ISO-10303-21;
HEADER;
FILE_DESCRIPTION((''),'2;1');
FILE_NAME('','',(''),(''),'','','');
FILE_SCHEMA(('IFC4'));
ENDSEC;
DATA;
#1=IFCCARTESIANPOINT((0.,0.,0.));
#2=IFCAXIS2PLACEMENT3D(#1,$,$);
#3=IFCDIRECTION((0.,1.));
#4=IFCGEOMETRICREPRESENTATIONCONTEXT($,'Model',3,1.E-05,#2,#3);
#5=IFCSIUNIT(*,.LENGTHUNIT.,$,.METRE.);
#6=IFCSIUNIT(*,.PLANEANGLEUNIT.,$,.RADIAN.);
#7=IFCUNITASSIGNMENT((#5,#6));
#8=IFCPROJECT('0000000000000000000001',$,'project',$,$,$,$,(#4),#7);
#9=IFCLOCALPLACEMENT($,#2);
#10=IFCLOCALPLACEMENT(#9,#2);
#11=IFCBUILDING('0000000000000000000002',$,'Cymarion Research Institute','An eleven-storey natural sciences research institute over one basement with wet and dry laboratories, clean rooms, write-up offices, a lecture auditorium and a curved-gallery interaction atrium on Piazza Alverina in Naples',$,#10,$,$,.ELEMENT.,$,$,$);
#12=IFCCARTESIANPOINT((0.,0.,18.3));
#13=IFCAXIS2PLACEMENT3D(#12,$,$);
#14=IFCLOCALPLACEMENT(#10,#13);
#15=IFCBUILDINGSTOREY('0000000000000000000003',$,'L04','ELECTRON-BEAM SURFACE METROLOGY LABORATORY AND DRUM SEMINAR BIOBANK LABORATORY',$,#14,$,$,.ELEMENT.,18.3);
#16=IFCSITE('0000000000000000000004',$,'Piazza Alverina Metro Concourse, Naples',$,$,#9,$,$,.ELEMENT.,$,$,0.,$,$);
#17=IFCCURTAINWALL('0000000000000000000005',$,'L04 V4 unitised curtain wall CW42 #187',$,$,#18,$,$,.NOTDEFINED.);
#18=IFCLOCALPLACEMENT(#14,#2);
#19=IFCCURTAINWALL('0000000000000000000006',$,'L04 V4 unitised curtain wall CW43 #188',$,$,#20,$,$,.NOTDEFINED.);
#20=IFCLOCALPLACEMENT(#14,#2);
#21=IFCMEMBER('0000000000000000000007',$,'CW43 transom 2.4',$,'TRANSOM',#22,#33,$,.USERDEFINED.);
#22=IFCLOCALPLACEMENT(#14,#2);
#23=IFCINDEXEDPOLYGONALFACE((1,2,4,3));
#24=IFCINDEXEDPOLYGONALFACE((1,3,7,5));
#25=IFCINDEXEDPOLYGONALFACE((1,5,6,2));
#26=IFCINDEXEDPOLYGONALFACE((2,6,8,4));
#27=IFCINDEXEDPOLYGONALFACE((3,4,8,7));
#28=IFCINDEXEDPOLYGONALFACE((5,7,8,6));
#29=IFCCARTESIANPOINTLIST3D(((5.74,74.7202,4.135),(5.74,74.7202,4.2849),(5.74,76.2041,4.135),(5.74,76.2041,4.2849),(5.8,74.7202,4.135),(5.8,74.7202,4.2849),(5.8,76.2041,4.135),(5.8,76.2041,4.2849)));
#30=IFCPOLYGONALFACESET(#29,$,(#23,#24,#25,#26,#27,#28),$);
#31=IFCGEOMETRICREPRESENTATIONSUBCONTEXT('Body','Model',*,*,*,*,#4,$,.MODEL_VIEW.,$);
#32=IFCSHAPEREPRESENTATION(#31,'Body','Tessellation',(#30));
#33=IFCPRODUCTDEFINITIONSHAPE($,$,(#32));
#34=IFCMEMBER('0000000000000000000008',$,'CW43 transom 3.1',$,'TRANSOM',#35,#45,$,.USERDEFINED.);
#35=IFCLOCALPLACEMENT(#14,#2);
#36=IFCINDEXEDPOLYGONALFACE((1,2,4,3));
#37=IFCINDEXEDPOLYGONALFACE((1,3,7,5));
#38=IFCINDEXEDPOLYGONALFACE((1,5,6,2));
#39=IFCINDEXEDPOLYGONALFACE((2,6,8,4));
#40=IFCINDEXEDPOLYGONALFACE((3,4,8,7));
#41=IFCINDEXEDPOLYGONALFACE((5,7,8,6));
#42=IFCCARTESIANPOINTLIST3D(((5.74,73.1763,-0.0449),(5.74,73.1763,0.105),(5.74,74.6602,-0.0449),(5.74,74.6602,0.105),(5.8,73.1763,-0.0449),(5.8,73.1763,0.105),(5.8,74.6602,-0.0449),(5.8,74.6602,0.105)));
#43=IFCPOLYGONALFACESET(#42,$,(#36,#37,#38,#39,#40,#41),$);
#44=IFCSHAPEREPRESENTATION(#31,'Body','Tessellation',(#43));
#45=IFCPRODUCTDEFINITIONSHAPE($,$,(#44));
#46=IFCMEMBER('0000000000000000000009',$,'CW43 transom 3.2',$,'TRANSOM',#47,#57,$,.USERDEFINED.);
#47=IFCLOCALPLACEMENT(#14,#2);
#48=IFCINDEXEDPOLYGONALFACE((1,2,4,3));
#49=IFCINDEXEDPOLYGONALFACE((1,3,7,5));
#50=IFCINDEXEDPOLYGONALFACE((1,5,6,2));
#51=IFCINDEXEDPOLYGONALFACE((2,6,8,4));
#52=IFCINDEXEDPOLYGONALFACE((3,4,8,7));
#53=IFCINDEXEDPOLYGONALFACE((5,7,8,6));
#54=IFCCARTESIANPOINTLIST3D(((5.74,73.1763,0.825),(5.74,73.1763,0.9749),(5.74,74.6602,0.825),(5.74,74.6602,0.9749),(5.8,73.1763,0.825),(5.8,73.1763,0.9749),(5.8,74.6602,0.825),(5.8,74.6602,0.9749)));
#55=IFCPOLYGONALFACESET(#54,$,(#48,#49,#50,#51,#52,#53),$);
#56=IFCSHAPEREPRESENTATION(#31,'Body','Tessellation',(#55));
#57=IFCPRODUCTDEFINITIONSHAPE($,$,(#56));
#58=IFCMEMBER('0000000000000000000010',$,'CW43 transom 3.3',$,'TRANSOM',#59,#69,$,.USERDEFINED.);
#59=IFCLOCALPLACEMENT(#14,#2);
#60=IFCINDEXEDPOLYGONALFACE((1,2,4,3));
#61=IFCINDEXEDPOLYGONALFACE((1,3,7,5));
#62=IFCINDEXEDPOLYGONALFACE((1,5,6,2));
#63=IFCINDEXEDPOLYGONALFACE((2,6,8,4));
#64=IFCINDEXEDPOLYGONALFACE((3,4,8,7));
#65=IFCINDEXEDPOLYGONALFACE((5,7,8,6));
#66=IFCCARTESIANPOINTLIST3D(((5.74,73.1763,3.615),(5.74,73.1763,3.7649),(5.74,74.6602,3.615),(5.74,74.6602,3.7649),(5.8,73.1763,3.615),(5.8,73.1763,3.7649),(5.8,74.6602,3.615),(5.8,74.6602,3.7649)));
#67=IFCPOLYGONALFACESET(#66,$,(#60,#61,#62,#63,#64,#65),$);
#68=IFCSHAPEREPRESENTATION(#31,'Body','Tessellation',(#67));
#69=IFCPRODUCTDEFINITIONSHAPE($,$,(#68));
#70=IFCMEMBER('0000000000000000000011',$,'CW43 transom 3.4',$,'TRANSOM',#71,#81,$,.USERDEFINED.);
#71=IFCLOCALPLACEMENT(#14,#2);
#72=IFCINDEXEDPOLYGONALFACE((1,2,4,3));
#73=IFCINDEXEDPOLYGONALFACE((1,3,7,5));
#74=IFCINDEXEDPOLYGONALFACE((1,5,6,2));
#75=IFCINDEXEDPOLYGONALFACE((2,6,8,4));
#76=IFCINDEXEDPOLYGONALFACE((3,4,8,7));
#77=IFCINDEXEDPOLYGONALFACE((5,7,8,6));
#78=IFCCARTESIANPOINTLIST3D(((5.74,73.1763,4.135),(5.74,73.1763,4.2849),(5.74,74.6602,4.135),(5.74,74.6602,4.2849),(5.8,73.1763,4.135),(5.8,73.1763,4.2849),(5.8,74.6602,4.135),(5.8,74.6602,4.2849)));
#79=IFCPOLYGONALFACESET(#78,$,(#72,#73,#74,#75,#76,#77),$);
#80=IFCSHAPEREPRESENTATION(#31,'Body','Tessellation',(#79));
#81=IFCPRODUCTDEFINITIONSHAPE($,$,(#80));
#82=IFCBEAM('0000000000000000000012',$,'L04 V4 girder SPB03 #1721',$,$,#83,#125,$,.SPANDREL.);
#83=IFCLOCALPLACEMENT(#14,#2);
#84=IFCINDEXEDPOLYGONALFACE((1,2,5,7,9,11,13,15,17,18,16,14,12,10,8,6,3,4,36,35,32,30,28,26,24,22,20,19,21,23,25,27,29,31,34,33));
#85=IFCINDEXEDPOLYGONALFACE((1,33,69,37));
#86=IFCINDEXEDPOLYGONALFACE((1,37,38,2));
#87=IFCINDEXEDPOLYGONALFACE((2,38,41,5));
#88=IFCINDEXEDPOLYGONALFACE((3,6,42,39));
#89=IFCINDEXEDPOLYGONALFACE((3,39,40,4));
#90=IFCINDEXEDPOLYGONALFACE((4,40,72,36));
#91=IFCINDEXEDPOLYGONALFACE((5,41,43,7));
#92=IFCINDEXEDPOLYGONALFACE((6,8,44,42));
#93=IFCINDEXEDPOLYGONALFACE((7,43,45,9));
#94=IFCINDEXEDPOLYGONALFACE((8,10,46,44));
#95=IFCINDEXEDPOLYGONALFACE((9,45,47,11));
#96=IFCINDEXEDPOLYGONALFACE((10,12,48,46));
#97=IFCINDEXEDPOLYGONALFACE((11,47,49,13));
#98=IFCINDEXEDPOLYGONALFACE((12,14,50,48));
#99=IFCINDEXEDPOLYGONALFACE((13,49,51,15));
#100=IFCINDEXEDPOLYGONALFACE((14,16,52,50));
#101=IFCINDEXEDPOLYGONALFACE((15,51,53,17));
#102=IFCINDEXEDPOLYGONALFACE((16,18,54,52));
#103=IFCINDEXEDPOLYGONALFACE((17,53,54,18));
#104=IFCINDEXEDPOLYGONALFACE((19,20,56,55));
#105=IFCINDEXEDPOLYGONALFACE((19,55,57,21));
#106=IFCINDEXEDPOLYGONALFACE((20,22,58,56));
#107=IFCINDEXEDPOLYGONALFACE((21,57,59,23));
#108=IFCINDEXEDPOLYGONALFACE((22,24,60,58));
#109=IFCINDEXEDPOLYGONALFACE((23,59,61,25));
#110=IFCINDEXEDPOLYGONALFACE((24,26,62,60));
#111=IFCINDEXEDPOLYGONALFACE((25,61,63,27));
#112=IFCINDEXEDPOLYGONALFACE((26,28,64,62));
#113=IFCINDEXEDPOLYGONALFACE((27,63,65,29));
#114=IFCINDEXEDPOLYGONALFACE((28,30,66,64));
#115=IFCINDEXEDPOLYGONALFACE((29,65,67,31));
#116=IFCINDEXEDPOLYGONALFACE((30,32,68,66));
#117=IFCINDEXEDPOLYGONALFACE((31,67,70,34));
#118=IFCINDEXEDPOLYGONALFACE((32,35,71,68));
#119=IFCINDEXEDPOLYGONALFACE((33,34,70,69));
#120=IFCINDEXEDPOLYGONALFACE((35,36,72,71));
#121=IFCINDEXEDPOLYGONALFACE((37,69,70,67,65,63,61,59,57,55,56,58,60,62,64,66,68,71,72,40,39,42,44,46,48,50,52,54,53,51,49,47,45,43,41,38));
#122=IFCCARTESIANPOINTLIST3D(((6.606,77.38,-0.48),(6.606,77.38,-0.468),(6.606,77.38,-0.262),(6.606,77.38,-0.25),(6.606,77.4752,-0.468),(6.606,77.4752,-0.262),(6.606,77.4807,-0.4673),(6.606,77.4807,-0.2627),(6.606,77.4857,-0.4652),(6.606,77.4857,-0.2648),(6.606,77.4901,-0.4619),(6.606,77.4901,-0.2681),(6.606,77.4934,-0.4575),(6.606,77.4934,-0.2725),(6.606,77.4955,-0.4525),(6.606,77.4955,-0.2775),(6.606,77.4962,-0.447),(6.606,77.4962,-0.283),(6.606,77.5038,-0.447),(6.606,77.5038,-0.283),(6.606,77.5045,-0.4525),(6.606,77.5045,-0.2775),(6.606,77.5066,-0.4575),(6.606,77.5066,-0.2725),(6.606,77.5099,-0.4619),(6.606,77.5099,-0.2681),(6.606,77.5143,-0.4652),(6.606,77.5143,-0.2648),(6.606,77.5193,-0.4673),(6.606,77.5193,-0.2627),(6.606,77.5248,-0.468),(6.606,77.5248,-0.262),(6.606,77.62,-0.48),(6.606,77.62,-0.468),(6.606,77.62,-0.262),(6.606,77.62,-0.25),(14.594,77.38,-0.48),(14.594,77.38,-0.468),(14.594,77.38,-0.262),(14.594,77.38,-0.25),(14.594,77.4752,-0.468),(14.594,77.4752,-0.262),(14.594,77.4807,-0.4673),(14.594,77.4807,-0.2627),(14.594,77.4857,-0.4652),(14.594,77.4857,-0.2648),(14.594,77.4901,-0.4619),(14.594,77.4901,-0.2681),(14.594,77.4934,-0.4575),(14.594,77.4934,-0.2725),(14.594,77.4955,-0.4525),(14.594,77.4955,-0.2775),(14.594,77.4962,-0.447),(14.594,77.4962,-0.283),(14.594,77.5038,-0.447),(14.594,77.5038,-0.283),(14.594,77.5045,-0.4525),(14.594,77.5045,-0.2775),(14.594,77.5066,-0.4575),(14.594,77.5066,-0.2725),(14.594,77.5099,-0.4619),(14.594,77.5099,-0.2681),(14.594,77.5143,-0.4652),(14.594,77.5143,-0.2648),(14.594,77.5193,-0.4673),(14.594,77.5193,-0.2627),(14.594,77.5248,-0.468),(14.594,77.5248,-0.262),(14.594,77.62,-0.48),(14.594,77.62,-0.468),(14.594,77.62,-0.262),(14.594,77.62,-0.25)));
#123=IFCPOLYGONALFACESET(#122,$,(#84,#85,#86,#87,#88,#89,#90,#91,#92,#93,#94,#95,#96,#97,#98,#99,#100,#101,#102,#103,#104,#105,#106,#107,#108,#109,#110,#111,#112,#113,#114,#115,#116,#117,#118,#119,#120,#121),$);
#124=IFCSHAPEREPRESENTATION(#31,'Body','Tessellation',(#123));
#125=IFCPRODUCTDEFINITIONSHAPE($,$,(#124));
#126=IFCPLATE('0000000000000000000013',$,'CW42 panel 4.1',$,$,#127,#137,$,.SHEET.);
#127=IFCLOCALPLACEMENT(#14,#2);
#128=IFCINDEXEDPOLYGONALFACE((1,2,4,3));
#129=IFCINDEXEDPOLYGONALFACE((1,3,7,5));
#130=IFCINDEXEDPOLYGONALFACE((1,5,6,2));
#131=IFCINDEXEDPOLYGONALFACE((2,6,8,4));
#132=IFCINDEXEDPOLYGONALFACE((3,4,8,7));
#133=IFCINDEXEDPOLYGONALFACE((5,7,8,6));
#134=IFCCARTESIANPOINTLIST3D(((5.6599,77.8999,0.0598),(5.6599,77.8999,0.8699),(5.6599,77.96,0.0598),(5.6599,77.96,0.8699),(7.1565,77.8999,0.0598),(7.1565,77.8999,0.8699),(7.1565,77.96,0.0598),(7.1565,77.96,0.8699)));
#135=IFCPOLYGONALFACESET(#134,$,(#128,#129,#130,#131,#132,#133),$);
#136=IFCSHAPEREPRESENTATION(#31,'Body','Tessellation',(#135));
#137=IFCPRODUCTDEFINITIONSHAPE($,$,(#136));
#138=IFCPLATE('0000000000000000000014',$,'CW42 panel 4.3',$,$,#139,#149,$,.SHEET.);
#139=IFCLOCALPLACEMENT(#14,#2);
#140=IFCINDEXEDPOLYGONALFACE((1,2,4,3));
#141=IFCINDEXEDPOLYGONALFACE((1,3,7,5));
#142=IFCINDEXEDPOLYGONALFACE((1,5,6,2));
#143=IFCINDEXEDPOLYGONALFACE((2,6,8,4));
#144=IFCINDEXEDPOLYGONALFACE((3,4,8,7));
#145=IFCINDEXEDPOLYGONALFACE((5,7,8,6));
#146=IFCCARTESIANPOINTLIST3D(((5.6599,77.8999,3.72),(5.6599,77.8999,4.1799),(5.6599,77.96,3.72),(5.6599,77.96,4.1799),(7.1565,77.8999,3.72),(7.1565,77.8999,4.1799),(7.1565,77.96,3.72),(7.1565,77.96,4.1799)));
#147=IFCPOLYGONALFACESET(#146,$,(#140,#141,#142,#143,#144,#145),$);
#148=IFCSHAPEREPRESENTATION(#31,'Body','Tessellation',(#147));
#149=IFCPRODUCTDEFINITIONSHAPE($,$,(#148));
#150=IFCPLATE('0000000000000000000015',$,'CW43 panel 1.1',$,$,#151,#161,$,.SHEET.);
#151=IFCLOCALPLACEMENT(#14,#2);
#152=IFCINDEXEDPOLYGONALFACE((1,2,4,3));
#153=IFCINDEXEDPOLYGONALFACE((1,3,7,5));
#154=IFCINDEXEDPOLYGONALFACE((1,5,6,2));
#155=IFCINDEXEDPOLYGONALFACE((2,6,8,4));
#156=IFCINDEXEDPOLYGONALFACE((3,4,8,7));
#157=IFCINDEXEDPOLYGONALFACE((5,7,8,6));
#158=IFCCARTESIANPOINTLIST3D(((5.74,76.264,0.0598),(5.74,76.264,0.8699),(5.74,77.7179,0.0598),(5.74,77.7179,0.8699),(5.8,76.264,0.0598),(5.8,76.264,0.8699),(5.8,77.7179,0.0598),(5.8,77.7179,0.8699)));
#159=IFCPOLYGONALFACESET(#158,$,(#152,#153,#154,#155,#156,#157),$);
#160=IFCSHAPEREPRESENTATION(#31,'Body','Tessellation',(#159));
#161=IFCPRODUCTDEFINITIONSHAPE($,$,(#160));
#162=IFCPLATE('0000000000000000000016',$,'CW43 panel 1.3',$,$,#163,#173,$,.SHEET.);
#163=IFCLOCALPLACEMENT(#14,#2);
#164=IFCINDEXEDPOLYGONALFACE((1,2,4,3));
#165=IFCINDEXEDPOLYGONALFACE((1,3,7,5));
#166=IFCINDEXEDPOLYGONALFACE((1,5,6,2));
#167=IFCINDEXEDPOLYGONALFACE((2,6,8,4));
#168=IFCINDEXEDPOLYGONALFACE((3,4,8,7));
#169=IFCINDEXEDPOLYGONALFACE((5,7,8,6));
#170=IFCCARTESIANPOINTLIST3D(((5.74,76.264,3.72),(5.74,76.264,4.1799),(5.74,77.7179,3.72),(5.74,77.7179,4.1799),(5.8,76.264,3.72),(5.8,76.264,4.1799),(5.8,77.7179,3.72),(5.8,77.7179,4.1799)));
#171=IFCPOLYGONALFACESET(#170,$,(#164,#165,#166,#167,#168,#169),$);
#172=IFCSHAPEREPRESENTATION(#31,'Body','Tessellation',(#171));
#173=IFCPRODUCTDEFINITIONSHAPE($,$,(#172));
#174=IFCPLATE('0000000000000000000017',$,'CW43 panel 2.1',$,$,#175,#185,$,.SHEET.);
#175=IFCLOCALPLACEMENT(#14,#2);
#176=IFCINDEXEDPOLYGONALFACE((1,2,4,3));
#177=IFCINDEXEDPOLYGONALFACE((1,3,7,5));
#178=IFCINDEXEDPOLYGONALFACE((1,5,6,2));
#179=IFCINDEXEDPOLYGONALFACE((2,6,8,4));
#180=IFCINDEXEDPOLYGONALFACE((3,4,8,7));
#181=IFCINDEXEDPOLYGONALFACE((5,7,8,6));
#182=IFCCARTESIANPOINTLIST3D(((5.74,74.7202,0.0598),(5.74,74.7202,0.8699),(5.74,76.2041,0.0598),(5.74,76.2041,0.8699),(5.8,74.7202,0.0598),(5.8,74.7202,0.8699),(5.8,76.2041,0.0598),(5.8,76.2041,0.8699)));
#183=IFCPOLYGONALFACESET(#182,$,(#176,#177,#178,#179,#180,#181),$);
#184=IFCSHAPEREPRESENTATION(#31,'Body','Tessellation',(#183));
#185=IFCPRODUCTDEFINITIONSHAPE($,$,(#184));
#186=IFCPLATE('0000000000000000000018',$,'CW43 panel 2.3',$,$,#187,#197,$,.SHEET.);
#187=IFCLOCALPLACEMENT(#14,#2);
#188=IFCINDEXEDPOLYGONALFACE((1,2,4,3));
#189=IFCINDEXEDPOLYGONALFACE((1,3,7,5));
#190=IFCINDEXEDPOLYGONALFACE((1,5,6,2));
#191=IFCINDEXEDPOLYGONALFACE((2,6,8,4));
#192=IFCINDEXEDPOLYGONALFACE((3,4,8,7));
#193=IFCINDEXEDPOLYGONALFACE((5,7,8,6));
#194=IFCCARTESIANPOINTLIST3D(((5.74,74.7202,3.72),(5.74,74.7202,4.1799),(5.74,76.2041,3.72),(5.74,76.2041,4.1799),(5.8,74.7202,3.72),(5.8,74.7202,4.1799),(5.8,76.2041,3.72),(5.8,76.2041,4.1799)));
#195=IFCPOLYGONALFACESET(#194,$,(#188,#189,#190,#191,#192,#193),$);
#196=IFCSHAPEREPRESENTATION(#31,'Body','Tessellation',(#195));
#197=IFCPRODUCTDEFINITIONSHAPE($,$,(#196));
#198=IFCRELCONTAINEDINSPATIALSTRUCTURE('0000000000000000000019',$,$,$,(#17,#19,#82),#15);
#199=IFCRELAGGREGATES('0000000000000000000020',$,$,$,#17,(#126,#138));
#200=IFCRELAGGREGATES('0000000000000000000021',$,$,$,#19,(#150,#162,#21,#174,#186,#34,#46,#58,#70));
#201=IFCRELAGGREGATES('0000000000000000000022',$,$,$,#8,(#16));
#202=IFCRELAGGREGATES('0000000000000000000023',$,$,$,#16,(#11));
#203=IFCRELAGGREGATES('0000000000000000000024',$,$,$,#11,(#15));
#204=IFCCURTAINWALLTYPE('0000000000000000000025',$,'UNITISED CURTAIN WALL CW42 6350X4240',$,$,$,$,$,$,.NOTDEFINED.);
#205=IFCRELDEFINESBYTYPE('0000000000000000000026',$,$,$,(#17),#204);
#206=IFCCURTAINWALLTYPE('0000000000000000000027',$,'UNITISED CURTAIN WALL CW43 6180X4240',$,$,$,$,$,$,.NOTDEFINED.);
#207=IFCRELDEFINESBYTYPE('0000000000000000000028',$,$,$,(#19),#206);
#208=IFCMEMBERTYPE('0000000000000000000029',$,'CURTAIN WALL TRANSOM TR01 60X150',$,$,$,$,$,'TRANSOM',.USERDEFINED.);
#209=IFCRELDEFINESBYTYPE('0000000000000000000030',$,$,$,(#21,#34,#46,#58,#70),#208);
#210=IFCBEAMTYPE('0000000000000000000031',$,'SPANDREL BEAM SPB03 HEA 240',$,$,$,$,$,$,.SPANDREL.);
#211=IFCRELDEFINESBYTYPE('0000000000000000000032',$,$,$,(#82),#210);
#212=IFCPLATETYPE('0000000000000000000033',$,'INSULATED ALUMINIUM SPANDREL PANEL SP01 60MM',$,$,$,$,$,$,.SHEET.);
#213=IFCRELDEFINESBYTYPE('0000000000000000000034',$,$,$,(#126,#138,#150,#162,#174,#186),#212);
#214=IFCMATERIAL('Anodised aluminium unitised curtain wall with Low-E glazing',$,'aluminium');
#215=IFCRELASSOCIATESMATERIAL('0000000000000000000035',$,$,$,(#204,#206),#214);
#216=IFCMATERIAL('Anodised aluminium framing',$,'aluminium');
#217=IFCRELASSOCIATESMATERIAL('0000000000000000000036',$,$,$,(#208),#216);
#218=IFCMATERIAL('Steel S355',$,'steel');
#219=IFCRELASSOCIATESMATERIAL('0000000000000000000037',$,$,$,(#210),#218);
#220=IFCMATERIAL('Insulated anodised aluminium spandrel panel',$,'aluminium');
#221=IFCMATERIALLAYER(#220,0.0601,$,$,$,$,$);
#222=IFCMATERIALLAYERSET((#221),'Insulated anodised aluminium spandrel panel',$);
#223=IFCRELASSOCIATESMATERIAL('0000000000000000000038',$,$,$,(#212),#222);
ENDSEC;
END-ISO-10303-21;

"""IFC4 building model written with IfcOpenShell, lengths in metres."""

from ifc_helpers import new_model, si_unit, direction, frame, origin, origin_2d, place, context, subcontext, project, spatial, rectangle, i_section, extrude, material, layer, layer_set, material_profile, profile_set, type_object, element, aggregate, save


model = new_model("IFC4")

# Units and contexts
model_context = context("Model", 3, precision=1e-05, world=origin(), true_north=direction((0.0, 1.0)))
body_context = subcontext(model_context, "Body", "Model", "MODEL_VIEW")
ifc_project = project(units=[si_unit("LENGTHUNIT", "METRE"), si_unit("PLANEANGLEUNIT", "RADIAN")], contexts=[model_context])

# Site, building, storey
site_placement = place(None, origin())
site = spatial("IfcSite", under=ifc_project, at=site_placement, Name="Piazza Alverina Metro Concourse, Naples", CompositionType="ELEMENT", RefElevation=0.0)
building_placement = place(site_placement, origin())
building = spatial("IfcBuilding", under=site, at=building_placement, Name="Cymarion Research Institute", Description="An eleven-storey natural sciences research institute over one basement with wet and dry laboratories, clean rooms, write-up offices, a lecture auditorium and a curved-gallery interaction atrium on Piazza Alverina in Naples", CompositionType="ELEMENT")
storey_placement = place(building_placement, frame((0.0, 0.0, 18.3)))
storey = spatial("IfcBuildingStorey", under=building, at=storey_placement, Name="L04", Description="ELECTRON-BEAM SURFACE METROLOGY LABORATORY AND DRUM SEMINAR BIOBANK LABORATORY", CompositionType="ELEMENT", Elevation=18.3)

# Shared definitions
ifc_material_1 = material(Name="Steel S355", Category="steel")

# Curtain wall
ifc_material_2 = material(Name="Anodised aluminium unitised curtain wall with Low-E glazing", Category="aluminium")
curtain_wall_type_1 = type_object("IfcCurtainWallType", Name="UNITISED CURTAIN WALL CW42 6350X4240", PredefinedType="NOTDEFINED", material=ifc_material_2)
curtain_wall_1_placement = place(storey_placement, origin())
curtain_wall_1 = element("IfcCurtainWall", 1, at=curtain_wall_1_placement, inside=storey, type_object=curtain_wall_type_1, Name="L04 V4 unitised curtain wall CW42 #187", PredefinedType="NOTDEFINED")
ifc_material_3 = material(Name="Anodised aluminium framing", Category="aluminium")

# Curtain wall, members
curtain_wall_type_2 = type_object("IfcCurtainWallType", Name="UNITISED CURTAIN WALL CW43 6180X4240", PredefinedType="NOTDEFINED", material=ifc_material_2)
curtain_wall_2_placement = place(storey_placement, origin())
curtain_wall_2 = element("IfcCurtainWall", 2, at=curtain_wall_2_placement, inside=storey, type_object=curtain_wall_type_2, Name="L04 V4 unitised curtain wall CW43 #188", PredefinedType="NOTDEFINED")
ifc_material_profile_1 = material_profile(ifc_material_3, rectangle(XDim=0.0601, YDim=0.1499, at=origin_2d()), Name="ALU TRANSOM 60x150")
ifc_profile_set_1 = profile_set([ifc_material_profile_1], Name="Anodised aluminium framing")
member_type_1 = type_object("IfcMemberType", Name="CURTAIN WALL TRANSOM TR01 60X150", ElementType="TRANSOM", PredefinedType="USERDEFINED", material=ifc_profile_set_1)
member_1_placement = place(storey_placement, frame((5.77, 76.2041, 4.21), z_axis=(0.0, -1.0, 0.0), x_axis=(1.0, 0.0, 0.0)))
member_1 = element("IfcMember", 3, at=member_1_placement, type_object=member_type_1, Name="CW43 transom 2.4", ObjectType="TRANSOM", PredefinedType="USERDEFINED", context=body_context, shape_type="SweptSolid", body=[
    extrude(rectangle(XDim=0.0601, YDim=0.1499, at=origin_2d()), origin(), (0.0, 0.0, 1.0), 1.4839),
])
member_2_placement = place(storey_placement, frame((5.77, 74.6602, 0.03), z_axis=(0.0, -1.0, 0.0), x_axis=(1.0, 0.0, 0.0)))
member_2 = element("IfcMember", 4, at=member_2_placement, type_object=member_type_1, Name="CW43 transom 3.1", ObjectType="TRANSOM", PredefinedType="USERDEFINED", context=body_context, shape_type="SweptSolid", body=[
    extrude(rectangle(XDim=0.0601, YDim=0.1499, at=origin_2d()), origin(), (0.0, 0.0, 1.0), 1.4839),
])
member_3_placement = place(storey_placement, frame((5.77, 74.6602, 0.8999), z_axis=(0.0, -1.0, 0.0), x_axis=(1.0, 0.0, 0.0)))
member_3 = element("IfcMember", 5, at=member_3_placement, type_object=member_type_1, Name="CW43 transom 3.2", ObjectType="TRANSOM", PredefinedType="USERDEFINED", context=body_context, shape_type="SweptSolid", body=[
    extrude(rectangle(XDim=0.0601, YDim=0.1499, at=origin_2d()), origin(), (0.0, 0.0, 1.0), 1.4839),
])
member_4_placement = place(storey_placement, frame((5.77, 74.6602, 3.6899), z_axis=(0.0, -1.0, 0.0), x_axis=(1.0, 0.0, 0.0)))
member_4 = element("IfcMember", 6, at=member_4_placement, type_object=member_type_1, Name="CW43 transom 3.3", ObjectType="TRANSOM", PredefinedType="USERDEFINED", context=body_context, shape_type="SweptSolid", body=[
    extrude(rectangle(XDim=0.0601, YDim=0.1499, at=origin_2d()), origin(), (0.0, 0.0, 1.0), 1.4839),
])
member_5_placement = place(storey_placement, frame((5.77, 74.6602, 4.21), z_axis=(0.0, -1.0, 0.0), x_axis=(1.0, 0.0, 0.0)))
member_5 = element("IfcMember", 7, at=member_5_placement, type_object=member_type_1, Name="CW43 transom 3.4", ObjectType="TRANSOM", PredefinedType="USERDEFINED", context=body_context, shape_type="SweptSolid", body=[
    extrude(rectangle(XDim=0.0601, YDim=0.1499, at=origin_2d()), origin(), (0.0, 0.0, 1.0), 1.4839),
])

# Beam
ifc_material_profile_2 = material_profile(ifc_material_1, i_section(OverallWidth=0.24, OverallDepth=0.23, WebThickness=0.0076, FlangeThickness=0.012, FilletRadius=0.021, at=origin_2d()), Name="HEA 240")
ifc_profile_set_2 = profile_set([ifc_material_profile_2], Name="Steel S355")
beam_type = type_object("IfcBeamType", Name="SPANDREL BEAM SPB03 HEA 240", PredefinedType="SPANDREL", material=ifc_profile_set_2)
beam_placement = place(storey_placement, frame((6.606, 77.5, -0.365), z_axis=(1.0, 0.0, 0.0), x_axis=(0.0, 1.0, 0.0)))
element("IfcBeam", 8, at=beam_placement, inside=storey, type_object=beam_type, Name="L04 V4 girder SPB03 #1721", PredefinedType="SPANDREL", context=body_context, shape_type="SweptSolid", body=[
    extrude(i_section(OverallWidth=0.24, OverallDepth=0.23, WebThickness=0.0076, FlangeThickness=0.012, FilletRadius=0.021, at=origin_2d()), origin(), (0.0, 0.0, 1.0), 7.988),
])

# Plates
ifc_material_4 = material(Name="Insulated anodised aluminium spandrel panel", Category="aluminium")
ifc_layer_1 = layer(ifc_material_4, 0.0601)
ifc_layer_set_1 = layer_set([ifc_layer_1], Name="Insulated anodised aluminium spandrel panel")
plate_type_1 = type_object("IfcPlateType", Name="INSULATED ALUMINIUM SPANDREL PANEL SP01 60MM", PredefinedType="SHEET", material=ifc_layer_set_1)
plate_1_placement = place(storey_placement, frame((6.4082, 77.9299, 0.0598), z_axis=(0.0, 0.0, 1.0), x_axis=(-1.0, 0.0, 0.0)))
plate_1 = element("IfcPlate", 9, at=plate_1_placement, type_object=plate_type_1, Name="CW42 panel 4.1", PredefinedType="SHEET", context=body_context, shape_type="SweptSolid", body=[
    extrude(rectangle(XDim=1.4966, YDim=0.0601, at=origin_2d()), origin(), (0.0, 0.0, 1.0), 0.8101),
])
plate_2_placement = place(storey_placement, frame((6.4082, 77.9299, 3.72), z_axis=(0.0, 0.0, 1.0), x_axis=(-1.0, 0.0, 0.0)))
plate_2 = element("IfcPlate", 10, at=plate_2_placement, type_object=plate_type_1, Name="CW42 panel 4.3", PredefinedType="SHEET", context=body_context, shape_type="SweptSolid", body=[
    extrude(rectangle(XDim=1.4966, YDim=0.0601, at=origin_2d()), origin(), (0.0, 0.0, 1.0), 0.46),
])
plate_3_placement = place(storey_placement, frame((5.77, 76.991, 0.0598), z_axis=(0.0, 0.0, 1.0), x_axis=(0.0, -1.0, 0.0)))
plate_3 = element("IfcPlate", 11, at=plate_3_placement, type_object=plate_type_1, Name="CW43 panel 1.1", PredefinedType="SHEET", context=body_context, shape_type="SweptSolid", body=[
    extrude(rectangle(XDim=1.4539, YDim=0.0601, at=origin_2d()), origin(), (0.0, 0.0, 1.0), 0.8101),
])
plate_4_placement = place(storey_placement, frame((5.77, 76.991, 3.72), z_axis=(0.0, 0.0, 1.0), x_axis=(0.0, -1.0, 0.0)))
plate_4 = element("IfcPlate", 12, at=plate_4_placement, type_object=plate_type_1, Name="CW43 panel 1.3", PredefinedType="SHEET", context=body_context, shape_type="SweptSolid", body=[
    extrude(rectangle(XDim=1.4539, YDim=0.0601, at=origin_2d()), origin(), (0.0, 0.0, 1.0), 0.46),
])
plate_5_placement = place(storey_placement, frame((5.77, 75.4622, 0.0598), z_axis=(0.0, 0.0, 1.0), x_axis=(0.0, -1.0, 0.0)))
plate_5 = element("IfcPlate", 13, at=plate_5_placement, type_object=plate_type_1, Name="CW43 panel 2.1", PredefinedType="SHEET", context=body_context, shape_type="SweptSolid", body=[
    extrude(rectangle(XDim=1.4839, YDim=0.0601, at=origin_2d()), origin(), (0.0, 0.0, 1.0), 0.8101),
])
plate_6_placement = place(storey_placement, frame((5.77, 75.4622, 3.72), z_axis=(0.0, 0.0, 1.0), x_axis=(0.0, -1.0, 0.0)))
plate_6 = element("IfcPlate", 14, at=plate_6_placement, type_object=plate_type_1, Name="CW43 panel 2.3", PredefinedType="SHEET", context=body_context, shape_type="SweptSolid", body=[
    extrude(rectangle(XDim=1.4839, YDim=0.0601, at=origin_2d()), origin(), (0.0, 0.0, 1.0), 0.46),
])
aggregate(curtain_wall_1, [plate_1, plate_2])
aggregate(curtain_wall_2, [plate_3, plate_4, member_1, plate_5, plate_6, member_2, member_3, member_4, member_5])

save(model, "model.ifc")
